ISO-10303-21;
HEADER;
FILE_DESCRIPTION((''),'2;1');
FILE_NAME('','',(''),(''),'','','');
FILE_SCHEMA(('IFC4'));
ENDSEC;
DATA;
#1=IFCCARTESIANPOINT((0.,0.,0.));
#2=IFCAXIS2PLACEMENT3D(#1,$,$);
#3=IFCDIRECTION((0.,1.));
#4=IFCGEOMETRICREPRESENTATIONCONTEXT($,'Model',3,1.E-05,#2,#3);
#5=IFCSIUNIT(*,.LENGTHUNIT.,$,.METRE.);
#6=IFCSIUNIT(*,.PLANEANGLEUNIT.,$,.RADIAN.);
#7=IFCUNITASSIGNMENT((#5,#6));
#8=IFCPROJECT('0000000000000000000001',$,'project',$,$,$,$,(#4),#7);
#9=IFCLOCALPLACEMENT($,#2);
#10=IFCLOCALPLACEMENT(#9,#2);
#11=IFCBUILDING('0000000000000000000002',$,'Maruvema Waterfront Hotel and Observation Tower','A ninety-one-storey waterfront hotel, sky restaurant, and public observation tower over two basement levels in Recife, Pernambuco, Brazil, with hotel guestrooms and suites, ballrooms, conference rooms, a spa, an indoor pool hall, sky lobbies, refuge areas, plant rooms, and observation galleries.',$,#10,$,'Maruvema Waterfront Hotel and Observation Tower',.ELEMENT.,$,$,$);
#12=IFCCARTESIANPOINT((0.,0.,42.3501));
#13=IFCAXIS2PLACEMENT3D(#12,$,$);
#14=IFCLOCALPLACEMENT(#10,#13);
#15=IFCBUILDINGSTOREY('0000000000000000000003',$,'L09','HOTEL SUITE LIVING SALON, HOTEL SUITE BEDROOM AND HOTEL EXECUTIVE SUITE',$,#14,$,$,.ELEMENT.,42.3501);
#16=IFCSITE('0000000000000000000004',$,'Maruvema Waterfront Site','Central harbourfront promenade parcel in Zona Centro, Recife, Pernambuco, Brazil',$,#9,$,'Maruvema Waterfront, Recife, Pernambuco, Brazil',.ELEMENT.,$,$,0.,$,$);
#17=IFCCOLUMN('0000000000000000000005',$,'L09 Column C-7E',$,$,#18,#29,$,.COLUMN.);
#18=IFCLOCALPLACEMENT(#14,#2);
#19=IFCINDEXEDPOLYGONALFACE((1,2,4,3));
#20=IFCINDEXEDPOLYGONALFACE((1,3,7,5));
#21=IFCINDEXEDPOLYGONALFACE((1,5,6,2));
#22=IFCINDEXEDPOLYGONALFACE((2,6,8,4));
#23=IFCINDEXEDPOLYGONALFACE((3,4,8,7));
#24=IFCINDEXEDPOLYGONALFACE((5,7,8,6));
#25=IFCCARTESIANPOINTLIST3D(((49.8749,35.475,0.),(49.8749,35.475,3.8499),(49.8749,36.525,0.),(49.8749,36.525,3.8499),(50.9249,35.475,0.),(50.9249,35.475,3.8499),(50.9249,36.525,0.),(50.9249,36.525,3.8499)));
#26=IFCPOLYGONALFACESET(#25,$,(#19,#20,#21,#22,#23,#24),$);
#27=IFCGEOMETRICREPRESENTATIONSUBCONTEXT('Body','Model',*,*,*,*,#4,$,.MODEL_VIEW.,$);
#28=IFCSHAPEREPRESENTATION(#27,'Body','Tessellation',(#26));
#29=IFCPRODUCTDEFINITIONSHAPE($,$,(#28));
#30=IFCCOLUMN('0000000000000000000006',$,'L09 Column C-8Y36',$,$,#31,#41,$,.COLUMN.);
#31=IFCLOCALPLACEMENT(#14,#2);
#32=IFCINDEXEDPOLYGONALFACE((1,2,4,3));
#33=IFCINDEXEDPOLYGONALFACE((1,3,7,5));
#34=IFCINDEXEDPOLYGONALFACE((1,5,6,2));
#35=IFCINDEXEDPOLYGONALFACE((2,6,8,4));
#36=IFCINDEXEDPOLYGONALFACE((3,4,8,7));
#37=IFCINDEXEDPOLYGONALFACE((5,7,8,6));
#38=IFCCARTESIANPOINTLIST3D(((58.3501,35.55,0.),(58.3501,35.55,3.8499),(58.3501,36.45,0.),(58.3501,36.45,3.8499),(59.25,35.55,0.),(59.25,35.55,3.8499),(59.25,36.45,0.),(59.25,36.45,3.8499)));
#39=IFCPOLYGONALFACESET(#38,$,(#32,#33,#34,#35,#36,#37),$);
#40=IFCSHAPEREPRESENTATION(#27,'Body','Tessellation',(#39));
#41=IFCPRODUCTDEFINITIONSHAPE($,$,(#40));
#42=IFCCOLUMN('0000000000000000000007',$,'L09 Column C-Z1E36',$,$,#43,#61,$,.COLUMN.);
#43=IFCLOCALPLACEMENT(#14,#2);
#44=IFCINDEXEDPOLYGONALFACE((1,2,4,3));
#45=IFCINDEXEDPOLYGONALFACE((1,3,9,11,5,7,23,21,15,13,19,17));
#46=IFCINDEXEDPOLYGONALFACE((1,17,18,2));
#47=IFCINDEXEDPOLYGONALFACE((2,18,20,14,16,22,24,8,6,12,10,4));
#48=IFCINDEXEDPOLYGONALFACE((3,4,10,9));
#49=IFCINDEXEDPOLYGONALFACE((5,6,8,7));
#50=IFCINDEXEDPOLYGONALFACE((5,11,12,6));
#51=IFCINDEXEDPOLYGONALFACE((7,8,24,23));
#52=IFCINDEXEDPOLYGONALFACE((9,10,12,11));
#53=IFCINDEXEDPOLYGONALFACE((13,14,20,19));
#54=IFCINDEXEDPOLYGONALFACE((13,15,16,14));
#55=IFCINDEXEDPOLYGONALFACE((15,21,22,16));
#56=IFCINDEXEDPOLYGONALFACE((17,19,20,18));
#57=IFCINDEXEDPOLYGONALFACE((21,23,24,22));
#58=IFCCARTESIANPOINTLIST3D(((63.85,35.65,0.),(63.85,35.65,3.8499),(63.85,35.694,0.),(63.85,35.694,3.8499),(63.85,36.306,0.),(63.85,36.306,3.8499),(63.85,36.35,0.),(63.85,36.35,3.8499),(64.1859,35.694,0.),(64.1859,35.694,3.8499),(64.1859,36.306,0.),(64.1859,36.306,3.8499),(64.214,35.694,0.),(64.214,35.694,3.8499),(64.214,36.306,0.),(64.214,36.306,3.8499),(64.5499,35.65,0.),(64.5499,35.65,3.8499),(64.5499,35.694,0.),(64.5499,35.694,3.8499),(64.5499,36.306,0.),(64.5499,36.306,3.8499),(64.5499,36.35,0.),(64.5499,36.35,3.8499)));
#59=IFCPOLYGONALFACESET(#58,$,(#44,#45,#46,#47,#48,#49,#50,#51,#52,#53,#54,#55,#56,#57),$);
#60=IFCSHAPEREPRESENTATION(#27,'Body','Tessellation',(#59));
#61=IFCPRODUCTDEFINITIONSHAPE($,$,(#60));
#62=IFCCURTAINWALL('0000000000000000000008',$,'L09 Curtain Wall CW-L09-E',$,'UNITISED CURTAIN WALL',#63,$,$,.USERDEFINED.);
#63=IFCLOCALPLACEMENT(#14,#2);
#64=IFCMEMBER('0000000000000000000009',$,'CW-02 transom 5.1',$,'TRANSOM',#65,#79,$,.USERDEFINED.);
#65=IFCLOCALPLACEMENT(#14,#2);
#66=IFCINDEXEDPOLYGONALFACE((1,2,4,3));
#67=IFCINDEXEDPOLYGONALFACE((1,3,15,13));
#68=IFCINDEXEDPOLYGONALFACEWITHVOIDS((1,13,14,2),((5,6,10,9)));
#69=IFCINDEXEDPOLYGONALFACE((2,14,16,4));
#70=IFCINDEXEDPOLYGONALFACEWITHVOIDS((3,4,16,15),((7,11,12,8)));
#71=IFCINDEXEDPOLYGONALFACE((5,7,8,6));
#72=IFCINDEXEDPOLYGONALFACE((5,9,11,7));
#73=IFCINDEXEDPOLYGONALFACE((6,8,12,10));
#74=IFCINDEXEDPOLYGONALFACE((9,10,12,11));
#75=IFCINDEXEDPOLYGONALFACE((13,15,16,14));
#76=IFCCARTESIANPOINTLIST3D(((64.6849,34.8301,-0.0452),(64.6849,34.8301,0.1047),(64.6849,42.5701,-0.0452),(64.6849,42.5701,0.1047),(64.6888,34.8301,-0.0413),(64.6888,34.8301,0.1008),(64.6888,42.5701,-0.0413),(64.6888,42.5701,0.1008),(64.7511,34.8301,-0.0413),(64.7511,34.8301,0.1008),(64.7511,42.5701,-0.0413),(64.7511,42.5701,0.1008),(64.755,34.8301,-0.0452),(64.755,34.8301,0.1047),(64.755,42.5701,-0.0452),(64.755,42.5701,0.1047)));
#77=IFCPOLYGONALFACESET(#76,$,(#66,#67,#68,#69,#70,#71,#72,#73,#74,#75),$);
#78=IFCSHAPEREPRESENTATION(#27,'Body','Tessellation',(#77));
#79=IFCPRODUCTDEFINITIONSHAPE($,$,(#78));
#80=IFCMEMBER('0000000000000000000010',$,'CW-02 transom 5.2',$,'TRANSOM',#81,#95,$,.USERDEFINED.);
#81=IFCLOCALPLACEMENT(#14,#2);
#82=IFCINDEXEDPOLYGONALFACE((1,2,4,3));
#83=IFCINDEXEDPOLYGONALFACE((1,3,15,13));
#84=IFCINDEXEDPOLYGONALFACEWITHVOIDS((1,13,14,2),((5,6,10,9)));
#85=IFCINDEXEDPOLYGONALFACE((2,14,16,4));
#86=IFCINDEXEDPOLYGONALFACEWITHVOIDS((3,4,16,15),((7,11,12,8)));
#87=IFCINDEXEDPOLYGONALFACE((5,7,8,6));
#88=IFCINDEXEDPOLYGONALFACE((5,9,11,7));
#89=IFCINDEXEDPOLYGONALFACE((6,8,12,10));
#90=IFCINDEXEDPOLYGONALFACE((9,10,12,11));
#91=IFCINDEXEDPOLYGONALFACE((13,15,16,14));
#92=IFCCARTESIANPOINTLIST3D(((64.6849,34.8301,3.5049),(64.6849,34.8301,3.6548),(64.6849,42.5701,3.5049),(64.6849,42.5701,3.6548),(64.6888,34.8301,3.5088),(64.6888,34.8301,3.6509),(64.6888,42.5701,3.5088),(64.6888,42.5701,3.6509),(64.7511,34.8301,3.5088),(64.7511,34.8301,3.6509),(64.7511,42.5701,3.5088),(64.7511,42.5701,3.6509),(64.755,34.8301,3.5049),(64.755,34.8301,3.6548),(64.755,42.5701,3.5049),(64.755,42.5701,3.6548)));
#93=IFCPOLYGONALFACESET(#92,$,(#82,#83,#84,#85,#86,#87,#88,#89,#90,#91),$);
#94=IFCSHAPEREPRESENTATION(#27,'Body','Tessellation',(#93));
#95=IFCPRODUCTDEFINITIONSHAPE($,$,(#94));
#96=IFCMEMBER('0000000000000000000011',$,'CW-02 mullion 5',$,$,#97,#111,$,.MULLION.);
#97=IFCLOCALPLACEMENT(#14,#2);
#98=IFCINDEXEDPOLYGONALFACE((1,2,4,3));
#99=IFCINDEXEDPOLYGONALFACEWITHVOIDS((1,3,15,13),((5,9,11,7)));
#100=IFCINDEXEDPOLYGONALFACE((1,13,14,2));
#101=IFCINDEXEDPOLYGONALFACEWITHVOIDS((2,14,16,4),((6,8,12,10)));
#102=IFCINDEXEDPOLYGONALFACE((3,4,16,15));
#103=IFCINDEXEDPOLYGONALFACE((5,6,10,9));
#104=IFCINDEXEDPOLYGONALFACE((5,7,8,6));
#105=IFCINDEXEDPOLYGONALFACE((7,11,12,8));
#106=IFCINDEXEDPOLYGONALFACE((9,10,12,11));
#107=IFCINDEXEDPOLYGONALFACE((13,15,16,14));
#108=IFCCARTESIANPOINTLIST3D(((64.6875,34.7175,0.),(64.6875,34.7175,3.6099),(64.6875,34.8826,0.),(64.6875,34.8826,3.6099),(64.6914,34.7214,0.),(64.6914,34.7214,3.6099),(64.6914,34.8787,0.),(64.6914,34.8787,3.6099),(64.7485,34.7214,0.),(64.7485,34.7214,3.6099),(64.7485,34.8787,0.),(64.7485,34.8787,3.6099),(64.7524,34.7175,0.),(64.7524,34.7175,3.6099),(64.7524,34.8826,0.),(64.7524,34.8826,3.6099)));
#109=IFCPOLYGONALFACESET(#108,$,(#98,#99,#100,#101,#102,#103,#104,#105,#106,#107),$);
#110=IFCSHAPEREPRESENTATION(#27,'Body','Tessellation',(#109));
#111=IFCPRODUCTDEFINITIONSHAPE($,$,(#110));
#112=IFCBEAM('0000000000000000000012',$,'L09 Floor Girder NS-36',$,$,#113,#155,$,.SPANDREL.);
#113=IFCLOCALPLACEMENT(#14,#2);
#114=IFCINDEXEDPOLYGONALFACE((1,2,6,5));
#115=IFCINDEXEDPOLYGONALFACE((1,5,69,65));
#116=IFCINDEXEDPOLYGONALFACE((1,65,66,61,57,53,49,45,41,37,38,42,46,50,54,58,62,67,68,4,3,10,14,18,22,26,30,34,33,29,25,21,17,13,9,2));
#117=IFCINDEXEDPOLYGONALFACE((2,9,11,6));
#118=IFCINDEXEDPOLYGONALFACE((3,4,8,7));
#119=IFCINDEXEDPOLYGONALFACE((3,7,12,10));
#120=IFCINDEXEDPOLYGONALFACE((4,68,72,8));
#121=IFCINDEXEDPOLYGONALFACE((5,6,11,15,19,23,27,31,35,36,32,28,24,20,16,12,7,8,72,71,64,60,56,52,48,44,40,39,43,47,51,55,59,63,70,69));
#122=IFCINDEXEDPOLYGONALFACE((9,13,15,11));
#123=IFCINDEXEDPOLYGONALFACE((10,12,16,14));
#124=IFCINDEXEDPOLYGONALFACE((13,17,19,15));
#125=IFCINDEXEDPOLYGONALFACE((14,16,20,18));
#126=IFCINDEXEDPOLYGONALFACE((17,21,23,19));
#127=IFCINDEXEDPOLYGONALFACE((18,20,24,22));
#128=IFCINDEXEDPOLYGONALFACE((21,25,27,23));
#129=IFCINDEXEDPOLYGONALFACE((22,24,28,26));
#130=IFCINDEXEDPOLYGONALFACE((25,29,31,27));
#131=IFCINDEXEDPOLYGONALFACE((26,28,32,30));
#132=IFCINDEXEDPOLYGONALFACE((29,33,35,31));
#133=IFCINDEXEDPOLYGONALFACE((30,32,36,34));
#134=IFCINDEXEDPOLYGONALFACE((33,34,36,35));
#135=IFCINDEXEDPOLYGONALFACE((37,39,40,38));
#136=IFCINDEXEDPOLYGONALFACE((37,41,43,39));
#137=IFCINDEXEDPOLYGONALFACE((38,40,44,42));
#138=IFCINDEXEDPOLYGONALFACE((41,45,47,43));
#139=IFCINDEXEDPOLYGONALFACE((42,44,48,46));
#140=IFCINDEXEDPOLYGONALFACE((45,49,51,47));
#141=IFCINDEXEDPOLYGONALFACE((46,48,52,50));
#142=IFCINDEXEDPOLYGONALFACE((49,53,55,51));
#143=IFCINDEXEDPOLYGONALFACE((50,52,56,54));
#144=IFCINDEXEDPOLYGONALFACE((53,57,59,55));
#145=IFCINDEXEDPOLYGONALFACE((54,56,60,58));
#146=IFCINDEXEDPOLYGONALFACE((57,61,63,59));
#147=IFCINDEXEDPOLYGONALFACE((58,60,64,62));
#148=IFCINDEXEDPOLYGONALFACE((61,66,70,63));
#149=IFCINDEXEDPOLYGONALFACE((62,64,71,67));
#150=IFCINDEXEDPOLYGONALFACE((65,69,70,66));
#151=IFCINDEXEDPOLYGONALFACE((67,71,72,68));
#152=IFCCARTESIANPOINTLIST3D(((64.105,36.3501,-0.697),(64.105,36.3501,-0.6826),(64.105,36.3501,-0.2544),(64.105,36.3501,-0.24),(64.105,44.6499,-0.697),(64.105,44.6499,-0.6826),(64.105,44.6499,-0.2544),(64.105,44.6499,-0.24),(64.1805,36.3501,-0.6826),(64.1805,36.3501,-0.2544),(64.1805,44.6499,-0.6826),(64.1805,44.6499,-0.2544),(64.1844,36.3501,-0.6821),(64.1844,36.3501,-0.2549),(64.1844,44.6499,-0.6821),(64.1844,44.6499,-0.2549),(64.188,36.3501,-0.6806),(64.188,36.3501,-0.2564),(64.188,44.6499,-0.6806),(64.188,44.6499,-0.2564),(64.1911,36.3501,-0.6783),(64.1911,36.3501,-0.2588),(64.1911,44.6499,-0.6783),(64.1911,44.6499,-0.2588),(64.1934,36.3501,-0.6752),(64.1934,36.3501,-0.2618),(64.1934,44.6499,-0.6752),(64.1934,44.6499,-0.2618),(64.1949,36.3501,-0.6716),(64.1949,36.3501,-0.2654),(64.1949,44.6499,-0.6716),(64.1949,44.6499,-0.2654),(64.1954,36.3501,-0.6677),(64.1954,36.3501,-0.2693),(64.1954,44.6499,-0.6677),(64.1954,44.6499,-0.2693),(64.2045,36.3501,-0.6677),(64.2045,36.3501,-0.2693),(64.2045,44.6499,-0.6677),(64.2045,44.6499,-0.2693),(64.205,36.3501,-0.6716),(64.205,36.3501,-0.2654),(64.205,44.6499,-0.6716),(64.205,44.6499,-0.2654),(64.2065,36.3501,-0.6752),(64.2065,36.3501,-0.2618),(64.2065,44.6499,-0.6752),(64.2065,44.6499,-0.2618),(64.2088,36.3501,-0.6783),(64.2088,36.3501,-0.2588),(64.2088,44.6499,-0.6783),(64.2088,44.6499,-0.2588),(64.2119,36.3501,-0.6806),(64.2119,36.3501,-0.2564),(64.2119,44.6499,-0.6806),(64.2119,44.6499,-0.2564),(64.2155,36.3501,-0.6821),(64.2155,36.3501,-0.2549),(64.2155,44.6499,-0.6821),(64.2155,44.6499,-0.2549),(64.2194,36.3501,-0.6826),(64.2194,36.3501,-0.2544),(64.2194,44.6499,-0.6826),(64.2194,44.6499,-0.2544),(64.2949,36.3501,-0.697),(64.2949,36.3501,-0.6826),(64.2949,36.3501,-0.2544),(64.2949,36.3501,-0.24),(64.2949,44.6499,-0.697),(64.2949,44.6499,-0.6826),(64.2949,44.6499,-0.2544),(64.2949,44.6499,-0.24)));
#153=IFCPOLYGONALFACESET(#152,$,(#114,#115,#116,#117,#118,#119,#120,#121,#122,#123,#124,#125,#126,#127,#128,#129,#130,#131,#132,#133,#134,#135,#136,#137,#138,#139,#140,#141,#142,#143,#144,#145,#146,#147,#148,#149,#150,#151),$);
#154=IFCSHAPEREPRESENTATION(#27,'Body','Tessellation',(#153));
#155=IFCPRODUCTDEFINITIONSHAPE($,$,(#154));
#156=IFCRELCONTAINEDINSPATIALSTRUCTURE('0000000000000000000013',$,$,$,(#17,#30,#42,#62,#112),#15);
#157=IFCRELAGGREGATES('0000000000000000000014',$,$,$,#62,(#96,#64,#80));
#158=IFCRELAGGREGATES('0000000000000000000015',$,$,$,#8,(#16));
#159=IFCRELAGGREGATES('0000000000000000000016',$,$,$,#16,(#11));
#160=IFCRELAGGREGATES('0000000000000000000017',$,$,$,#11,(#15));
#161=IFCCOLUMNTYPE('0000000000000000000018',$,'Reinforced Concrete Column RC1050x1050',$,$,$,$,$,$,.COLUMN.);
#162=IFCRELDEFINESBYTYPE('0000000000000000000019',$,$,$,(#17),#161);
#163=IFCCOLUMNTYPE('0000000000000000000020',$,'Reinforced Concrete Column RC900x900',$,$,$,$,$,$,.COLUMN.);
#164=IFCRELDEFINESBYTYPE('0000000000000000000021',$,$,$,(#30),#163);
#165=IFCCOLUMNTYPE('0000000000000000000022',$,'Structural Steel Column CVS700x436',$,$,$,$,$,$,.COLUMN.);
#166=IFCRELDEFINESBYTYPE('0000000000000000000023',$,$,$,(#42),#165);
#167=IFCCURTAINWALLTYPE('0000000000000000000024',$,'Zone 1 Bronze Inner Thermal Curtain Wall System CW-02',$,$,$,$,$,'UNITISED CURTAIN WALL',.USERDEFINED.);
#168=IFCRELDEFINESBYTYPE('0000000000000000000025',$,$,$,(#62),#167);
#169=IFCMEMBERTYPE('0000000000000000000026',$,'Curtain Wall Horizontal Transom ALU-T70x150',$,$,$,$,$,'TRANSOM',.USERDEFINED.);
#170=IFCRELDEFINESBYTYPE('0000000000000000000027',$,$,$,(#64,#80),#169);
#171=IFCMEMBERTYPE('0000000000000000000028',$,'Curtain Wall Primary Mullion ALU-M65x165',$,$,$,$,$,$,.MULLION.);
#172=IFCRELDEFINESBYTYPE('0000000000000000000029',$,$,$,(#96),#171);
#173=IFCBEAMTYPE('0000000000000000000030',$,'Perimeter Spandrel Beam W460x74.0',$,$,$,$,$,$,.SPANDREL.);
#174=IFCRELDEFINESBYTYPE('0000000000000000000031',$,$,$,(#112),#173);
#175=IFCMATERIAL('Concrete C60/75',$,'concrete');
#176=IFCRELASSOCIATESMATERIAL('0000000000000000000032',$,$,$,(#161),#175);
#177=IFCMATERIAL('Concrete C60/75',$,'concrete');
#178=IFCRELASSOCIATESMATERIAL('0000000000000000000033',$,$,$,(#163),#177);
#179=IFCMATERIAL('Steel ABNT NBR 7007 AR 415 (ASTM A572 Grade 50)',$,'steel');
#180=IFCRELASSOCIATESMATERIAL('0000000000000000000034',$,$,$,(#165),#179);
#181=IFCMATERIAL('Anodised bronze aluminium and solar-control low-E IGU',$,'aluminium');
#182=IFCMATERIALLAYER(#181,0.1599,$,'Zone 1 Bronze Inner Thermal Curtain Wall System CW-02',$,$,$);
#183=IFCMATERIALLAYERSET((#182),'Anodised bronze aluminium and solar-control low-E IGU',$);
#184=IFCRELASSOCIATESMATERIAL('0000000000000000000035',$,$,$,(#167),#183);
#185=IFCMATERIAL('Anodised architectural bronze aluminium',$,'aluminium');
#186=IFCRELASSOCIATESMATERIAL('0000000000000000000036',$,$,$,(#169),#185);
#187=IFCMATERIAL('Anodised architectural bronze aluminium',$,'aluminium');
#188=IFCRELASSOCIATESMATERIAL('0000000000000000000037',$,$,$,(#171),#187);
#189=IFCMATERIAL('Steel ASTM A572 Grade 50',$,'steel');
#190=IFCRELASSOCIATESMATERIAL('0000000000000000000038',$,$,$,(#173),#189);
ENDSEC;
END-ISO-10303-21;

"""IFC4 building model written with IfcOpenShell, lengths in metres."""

from ifc_helpers import new_model, si_unit, direction, frame, origin, origin_2d, place, context, subcontext, project, spatial, rectangle, hollow_rectangle, i_section, extrude, material, layer, layer_set, material_profile, profile_set, type_object, element, aggregate, save


model = new_model("IFC4")

# Units and contexts
model_context = context("Model", 3, precision=1e-05, world=origin(), true_north=direction((0.0, 1.0)))
body_context = subcontext(model_context, "Body", "Model", "MODEL_VIEW")
ifc_project = project(units=[si_unit("LENGTHUNIT", "METRE"), si_unit("PLANEANGLEUNIT", "RADIAN")], contexts=[model_context])

# Site, building, storey
site_placement = place(None, origin())
site = spatial("IfcSite", under=ifc_project, at=site_placement, Name="Maruvema Waterfront Site", Description="Central harbourfront promenade parcel in Zona Centro, Recife, Pernambuco, Brazil", LongName="Maruvema Waterfront, Recife, Pernambuco, Brazil", CompositionType="ELEMENT", RefElevation=0.0)
building_placement = place(site_placement, origin())
building = spatial("IfcBuilding", under=site, at=building_placement, Name="Maruvema Waterfront Hotel and Observation Tower", Description="A ninety-one-storey waterfront hotel, sky restaurant, and public observation tower over two basement levels in Recife, Pernambuco, Brazil, with hotel guestrooms and suites, ballrooms, conference rooms, a spa, an indoor pool hall, sky lobbies, refuge areas, plant rooms, and observation galleries.", LongName="Maruvema Waterfront Hotel and Observation Tower", CompositionType="ELEMENT")
storey_placement = place(building_placement, frame((0.0, 0.0, 42.3501)))
storey = spatial("IfcBuildingStorey", under=building, at=storey_placement, Name="L09", Description="HOTEL SUITE LIVING SALON, HOTEL SUITE BEDROOM AND HOTEL EXECUTIVE SUITE", CompositionType="ELEMENT", Elevation=42.3501)

# Columns
ifc_material_1 = material(Name="Concrete C60/75", Category="concrete")
ifc_material_profile_1 = material_profile(ifc_material_1, rectangle(XDim=1.05, YDim=1.05, at=origin_2d()), Name="RC1050x1050")
ifc_profile_set_1 = profile_set([ifc_material_profile_1], Name="Concrete C60/75")
column_type_1 = type_object("IfcColumnType", Name="Reinforced Concrete Column RC1050x1050", PredefinedType="COLUMN", material=ifc_profile_set_1)
column_1_placement = place(storey_placement, frame((50.3999, 36.0, 0.0), z_axis=(0.0, 0.0, 1.0), x_axis=(1.0, 0.0, 0.0)))
element("IfcColumn", 1, at=column_1_placement, inside=storey, type_object=column_type_1, Name="L09 Column C-7E", PredefinedType="COLUMN", context=body_context, shape_type="SweptSolid", body=[
    extrude(rectangle(XDim=1.05, YDim=1.05, at=origin_2d()), origin(), (0.0, 0.0, 1.0), 3.8499),
])
ifc_material_2 = material(Name="Concrete C60/75", Category="concrete")
ifc_material_profile_2 = material_profile(ifc_material_2, rectangle(XDim=0.8999, YDim=0.8999, at=origin_2d()), Name="RC900x900")
ifc_profile_set_2 = profile_set([ifc_material_profile_2], Name="Concrete C60/75")
column_type_2 = type_object("IfcColumnType", Name="Reinforced Concrete Column RC900x900", PredefinedType="COLUMN", material=ifc_profile_set_2)
column_2_placement = place(storey_placement, frame((58.8, 36.0, 0.0), z_axis=(0.0, 0.0, 1.0), x_axis=(1.0, 0.0, 0.0)))
element("IfcColumn", 2, at=column_2_placement, inside=storey, type_object=column_type_2, Name="L09 Column C-8Y36", PredefinedType="COLUMN", context=body_context, shape_type="SweptSolid", body=[
    extrude(rectangle(XDim=0.8999, YDim=0.8999, at=origin_2d()), origin(), (0.0, 0.0, 1.0), 3.8499),
])
ifc_material_3 = material(Name="Steel ABNT NBR 7007 AR 415 (ASTM A572 Grade 50)", Category="steel")
ifc_material_profile_3 = material_profile(ifc_material_3, i_section(OverallWidth=0.7, OverallDepth=0.7, WebThickness=0.0281, FlangeThickness=0.0439, at=origin_2d()), Name="CVS700x436")
ifc_profile_set_3 = profile_set([ifc_material_profile_3], Name="Steel ABNT NBR 7007 AR 415 (ASTM A572 Grade 50)")
column_type_3 = type_object("IfcColumnType", Name="Structural Steel Column CVS700x436", PredefinedType="COLUMN", material=ifc_profile_set_3)
column_3_placement = place(storey_placement, frame((64.2, 36.0, 0.0), z_axis=(0.0, 0.0, 1.0), x_axis=(1.0, 0.0, 0.0)))
element("IfcColumn", 3, at=column_3_placement, inside=storey, type_object=column_type_3, Name="L09 Column C-Z1E36", PredefinedType="COLUMN", context=body_context, shape_type="SweptSolid", body=[
    extrude(i_section(OverallWidth=0.7, OverallDepth=0.7, WebThickness=0.0281, FlangeThickness=0.0439, at=origin_2d()), origin(), (0.0, 0.0, 1.0), 3.8499),
])

# Curtain wall, members
ifc_material_4 = material(Name="Anodised bronze aluminium and solar-control low-E IGU", Category="aluminium")
ifc_layer_1 = layer(ifc_material_4, 0.1599, Name="Zone 1 Bronze Inner Thermal Curtain Wall System CW-02")
ifc_layer_set_1 = layer_set([ifc_layer_1], Name="Anodised bronze aluminium and solar-control low-E IGU")
curtain_wall_type = type_object("IfcCurtainWallType", Name="Zone 1 Bronze Inner Thermal Curtain Wall System CW-02", ElementType="UNITISED CURTAIN WALL", PredefinedType="USERDEFINED", material=ifc_layer_set_1)
curtain_wall_placement = place(storey_placement, origin())
curtain_wall = element("IfcCurtainWall", 4, at=curtain_wall_placement, inside=storey, type_object=curtain_wall_type, Name="L09 Curtain Wall CW-L09-E", ObjectType="UNITISED CURTAIN WALL", PredefinedType="USERDEFINED")
ifc_material_5 = material(Name="Anodised architectural bronze aluminium", Category="aluminium")
ifc_material_profile_4 = material_profile(ifc_material_5, hollow_rectangle(XDim=0.0701, YDim=0.1499, WallThickness=0.0039, at=origin_2d()), Name="ALU-T70x150")
ifc_profile_set_4 = profile_set([ifc_material_profile_4], Name="Anodised architectural bronze aluminium")
member_type_1 = type_object("IfcMemberType", Name="Curtain Wall Horizontal Transom ALU-T70x150", ElementType="TRANSOM", PredefinedType="USERDEFINED", material=ifc_profile_set_4)
member_1_placement = place(storey_placement, frame((64.72, 34.8301, 0.0298), z_axis=(0.0, 1.0, 0.0), x_axis=(-1.0, 0.0, 0.0)))
member_1 = element("IfcMember", 5, at=member_1_placement, type_object=member_type_1, Name="CW-02 transom 5.1", ObjectType="TRANSOM", PredefinedType="USERDEFINED", context=body_context, shape_type="SweptSolid", body=[
    extrude(hollow_rectangle(XDim=0.0701, YDim=0.1499, WallThickness=0.0039, at=origin_2d()), origin(), (0.0, 0.0, 1.0), 7.74),
])
member_2_placement = place(storey_placement, frame((64.72, 34.8301, 3.5798), z_axis=(0.0, 1.0, 0.0), x_axis=(-1.0, 0.0, 0.0)))
member_2 = element("IfcMember", 6, at=member_2_placement, type_object=member_type_1, Name="CW-02 transom 5.2", ObjectType="TRANSOM", PredefinedType="USERDEFINED", context=body_context, shape_type="SweptSolid", body=[
    extrude(hollow_rectangle(XDim=0.0701, YDim=0.1499, WallThickness=0.0039, at=origin_2d()), origin(), (0.0, 0.0, 1.0), 7.74),
])
ifc_material_6 = material(Name="Anodised architectural bronze aluminium", Category="aluminium")
ifc_material_profile_5 = material_profile(ifc_material_6, hollow_rectangle(XDim=0.0649, YDim=0.165, WallThickness=0.0039, at=origin_2d()), Name="ALU-M65x165")
ifc_profile_set_5 = profile_set([ifc_material_profile_5], Name="Anodised architectural bronze aluminium")
member_type_2 = type_object("IfcMemberType", Name="Curtain Wall Primary Mullion ALU-M65x165", PredefinedType="MULLION", material=ifc_profile_set_5)
member_3_placement = place(storey_placement, frame((64.72, 34.8, 0.0), z_axis=(0.0, 0.0, 1.0), x_axis=(-1.0, 0.0, 0.0)))
member_3 = element("IfcMember", 7, at=member_3_placement, type_object=member_type_2, Name="CW-02 mullion 5", PredefinedType="MULLION", context=body_context, shape_type="SweptSolid", body=[
    extrude(hollow_rectangle(XDim=0.0649, YDim=0.165, WallThickness=0.0039, at=origin_2d()), origin(), (0.0, 0.0, 1.0), 3.6099),
])

# Beam
ifc_material_7 = material(Name="Steel ASTM A572 Grade 50", Category="steel")
ifc_material_profile_6 = material_profile(ifc_material_7, i_section(OverallWidth=0.1899, OverallDepth=0.457, WebThickness=0.009, FlangeThickness=0.0144, FilletRadius=0.0149, at=origin_2d()), Name="W460x74.0")
ifc_profile_set_6 = profile_set([ifc_material_profile_6], Name="Steel ASTM A572 Grade 50")
beam_type_1 = type_object("IfcBeamType", Name="Perimeter Spandrel Beam W460x74.0", PredefinedType="SPANDREL", material=ifc_profile_set_6)
beam_1_placement = place(storey_placement, frame((64.2, 36.3501, -0.4685), z_axis=(0.0, 1.0, 0.0), x_axis=(-1.0, 0.0, 0.0)))
element("IfcBeam", 8, at=beam_1_placement, inside=storey, type_object=beam_type_1, Name="L09 Floor Girder NS-36", PredefinedType="SPANDREL", context=body_context, shape_type="SweptSolid", body=[
    extrude(i_section(OverallWidth=0.1899, OverallDepth=0.457, WebThickness=0.009, FlangeThickness=0.0144, FilletRadius=0.0149, at=origin_2d()), origin(), (0.0, 0.0, 1.0), 8.2998),
])

aggregate(curtain_wall, [member_3, member_1, member_2])

save(model, "model.ifc")
